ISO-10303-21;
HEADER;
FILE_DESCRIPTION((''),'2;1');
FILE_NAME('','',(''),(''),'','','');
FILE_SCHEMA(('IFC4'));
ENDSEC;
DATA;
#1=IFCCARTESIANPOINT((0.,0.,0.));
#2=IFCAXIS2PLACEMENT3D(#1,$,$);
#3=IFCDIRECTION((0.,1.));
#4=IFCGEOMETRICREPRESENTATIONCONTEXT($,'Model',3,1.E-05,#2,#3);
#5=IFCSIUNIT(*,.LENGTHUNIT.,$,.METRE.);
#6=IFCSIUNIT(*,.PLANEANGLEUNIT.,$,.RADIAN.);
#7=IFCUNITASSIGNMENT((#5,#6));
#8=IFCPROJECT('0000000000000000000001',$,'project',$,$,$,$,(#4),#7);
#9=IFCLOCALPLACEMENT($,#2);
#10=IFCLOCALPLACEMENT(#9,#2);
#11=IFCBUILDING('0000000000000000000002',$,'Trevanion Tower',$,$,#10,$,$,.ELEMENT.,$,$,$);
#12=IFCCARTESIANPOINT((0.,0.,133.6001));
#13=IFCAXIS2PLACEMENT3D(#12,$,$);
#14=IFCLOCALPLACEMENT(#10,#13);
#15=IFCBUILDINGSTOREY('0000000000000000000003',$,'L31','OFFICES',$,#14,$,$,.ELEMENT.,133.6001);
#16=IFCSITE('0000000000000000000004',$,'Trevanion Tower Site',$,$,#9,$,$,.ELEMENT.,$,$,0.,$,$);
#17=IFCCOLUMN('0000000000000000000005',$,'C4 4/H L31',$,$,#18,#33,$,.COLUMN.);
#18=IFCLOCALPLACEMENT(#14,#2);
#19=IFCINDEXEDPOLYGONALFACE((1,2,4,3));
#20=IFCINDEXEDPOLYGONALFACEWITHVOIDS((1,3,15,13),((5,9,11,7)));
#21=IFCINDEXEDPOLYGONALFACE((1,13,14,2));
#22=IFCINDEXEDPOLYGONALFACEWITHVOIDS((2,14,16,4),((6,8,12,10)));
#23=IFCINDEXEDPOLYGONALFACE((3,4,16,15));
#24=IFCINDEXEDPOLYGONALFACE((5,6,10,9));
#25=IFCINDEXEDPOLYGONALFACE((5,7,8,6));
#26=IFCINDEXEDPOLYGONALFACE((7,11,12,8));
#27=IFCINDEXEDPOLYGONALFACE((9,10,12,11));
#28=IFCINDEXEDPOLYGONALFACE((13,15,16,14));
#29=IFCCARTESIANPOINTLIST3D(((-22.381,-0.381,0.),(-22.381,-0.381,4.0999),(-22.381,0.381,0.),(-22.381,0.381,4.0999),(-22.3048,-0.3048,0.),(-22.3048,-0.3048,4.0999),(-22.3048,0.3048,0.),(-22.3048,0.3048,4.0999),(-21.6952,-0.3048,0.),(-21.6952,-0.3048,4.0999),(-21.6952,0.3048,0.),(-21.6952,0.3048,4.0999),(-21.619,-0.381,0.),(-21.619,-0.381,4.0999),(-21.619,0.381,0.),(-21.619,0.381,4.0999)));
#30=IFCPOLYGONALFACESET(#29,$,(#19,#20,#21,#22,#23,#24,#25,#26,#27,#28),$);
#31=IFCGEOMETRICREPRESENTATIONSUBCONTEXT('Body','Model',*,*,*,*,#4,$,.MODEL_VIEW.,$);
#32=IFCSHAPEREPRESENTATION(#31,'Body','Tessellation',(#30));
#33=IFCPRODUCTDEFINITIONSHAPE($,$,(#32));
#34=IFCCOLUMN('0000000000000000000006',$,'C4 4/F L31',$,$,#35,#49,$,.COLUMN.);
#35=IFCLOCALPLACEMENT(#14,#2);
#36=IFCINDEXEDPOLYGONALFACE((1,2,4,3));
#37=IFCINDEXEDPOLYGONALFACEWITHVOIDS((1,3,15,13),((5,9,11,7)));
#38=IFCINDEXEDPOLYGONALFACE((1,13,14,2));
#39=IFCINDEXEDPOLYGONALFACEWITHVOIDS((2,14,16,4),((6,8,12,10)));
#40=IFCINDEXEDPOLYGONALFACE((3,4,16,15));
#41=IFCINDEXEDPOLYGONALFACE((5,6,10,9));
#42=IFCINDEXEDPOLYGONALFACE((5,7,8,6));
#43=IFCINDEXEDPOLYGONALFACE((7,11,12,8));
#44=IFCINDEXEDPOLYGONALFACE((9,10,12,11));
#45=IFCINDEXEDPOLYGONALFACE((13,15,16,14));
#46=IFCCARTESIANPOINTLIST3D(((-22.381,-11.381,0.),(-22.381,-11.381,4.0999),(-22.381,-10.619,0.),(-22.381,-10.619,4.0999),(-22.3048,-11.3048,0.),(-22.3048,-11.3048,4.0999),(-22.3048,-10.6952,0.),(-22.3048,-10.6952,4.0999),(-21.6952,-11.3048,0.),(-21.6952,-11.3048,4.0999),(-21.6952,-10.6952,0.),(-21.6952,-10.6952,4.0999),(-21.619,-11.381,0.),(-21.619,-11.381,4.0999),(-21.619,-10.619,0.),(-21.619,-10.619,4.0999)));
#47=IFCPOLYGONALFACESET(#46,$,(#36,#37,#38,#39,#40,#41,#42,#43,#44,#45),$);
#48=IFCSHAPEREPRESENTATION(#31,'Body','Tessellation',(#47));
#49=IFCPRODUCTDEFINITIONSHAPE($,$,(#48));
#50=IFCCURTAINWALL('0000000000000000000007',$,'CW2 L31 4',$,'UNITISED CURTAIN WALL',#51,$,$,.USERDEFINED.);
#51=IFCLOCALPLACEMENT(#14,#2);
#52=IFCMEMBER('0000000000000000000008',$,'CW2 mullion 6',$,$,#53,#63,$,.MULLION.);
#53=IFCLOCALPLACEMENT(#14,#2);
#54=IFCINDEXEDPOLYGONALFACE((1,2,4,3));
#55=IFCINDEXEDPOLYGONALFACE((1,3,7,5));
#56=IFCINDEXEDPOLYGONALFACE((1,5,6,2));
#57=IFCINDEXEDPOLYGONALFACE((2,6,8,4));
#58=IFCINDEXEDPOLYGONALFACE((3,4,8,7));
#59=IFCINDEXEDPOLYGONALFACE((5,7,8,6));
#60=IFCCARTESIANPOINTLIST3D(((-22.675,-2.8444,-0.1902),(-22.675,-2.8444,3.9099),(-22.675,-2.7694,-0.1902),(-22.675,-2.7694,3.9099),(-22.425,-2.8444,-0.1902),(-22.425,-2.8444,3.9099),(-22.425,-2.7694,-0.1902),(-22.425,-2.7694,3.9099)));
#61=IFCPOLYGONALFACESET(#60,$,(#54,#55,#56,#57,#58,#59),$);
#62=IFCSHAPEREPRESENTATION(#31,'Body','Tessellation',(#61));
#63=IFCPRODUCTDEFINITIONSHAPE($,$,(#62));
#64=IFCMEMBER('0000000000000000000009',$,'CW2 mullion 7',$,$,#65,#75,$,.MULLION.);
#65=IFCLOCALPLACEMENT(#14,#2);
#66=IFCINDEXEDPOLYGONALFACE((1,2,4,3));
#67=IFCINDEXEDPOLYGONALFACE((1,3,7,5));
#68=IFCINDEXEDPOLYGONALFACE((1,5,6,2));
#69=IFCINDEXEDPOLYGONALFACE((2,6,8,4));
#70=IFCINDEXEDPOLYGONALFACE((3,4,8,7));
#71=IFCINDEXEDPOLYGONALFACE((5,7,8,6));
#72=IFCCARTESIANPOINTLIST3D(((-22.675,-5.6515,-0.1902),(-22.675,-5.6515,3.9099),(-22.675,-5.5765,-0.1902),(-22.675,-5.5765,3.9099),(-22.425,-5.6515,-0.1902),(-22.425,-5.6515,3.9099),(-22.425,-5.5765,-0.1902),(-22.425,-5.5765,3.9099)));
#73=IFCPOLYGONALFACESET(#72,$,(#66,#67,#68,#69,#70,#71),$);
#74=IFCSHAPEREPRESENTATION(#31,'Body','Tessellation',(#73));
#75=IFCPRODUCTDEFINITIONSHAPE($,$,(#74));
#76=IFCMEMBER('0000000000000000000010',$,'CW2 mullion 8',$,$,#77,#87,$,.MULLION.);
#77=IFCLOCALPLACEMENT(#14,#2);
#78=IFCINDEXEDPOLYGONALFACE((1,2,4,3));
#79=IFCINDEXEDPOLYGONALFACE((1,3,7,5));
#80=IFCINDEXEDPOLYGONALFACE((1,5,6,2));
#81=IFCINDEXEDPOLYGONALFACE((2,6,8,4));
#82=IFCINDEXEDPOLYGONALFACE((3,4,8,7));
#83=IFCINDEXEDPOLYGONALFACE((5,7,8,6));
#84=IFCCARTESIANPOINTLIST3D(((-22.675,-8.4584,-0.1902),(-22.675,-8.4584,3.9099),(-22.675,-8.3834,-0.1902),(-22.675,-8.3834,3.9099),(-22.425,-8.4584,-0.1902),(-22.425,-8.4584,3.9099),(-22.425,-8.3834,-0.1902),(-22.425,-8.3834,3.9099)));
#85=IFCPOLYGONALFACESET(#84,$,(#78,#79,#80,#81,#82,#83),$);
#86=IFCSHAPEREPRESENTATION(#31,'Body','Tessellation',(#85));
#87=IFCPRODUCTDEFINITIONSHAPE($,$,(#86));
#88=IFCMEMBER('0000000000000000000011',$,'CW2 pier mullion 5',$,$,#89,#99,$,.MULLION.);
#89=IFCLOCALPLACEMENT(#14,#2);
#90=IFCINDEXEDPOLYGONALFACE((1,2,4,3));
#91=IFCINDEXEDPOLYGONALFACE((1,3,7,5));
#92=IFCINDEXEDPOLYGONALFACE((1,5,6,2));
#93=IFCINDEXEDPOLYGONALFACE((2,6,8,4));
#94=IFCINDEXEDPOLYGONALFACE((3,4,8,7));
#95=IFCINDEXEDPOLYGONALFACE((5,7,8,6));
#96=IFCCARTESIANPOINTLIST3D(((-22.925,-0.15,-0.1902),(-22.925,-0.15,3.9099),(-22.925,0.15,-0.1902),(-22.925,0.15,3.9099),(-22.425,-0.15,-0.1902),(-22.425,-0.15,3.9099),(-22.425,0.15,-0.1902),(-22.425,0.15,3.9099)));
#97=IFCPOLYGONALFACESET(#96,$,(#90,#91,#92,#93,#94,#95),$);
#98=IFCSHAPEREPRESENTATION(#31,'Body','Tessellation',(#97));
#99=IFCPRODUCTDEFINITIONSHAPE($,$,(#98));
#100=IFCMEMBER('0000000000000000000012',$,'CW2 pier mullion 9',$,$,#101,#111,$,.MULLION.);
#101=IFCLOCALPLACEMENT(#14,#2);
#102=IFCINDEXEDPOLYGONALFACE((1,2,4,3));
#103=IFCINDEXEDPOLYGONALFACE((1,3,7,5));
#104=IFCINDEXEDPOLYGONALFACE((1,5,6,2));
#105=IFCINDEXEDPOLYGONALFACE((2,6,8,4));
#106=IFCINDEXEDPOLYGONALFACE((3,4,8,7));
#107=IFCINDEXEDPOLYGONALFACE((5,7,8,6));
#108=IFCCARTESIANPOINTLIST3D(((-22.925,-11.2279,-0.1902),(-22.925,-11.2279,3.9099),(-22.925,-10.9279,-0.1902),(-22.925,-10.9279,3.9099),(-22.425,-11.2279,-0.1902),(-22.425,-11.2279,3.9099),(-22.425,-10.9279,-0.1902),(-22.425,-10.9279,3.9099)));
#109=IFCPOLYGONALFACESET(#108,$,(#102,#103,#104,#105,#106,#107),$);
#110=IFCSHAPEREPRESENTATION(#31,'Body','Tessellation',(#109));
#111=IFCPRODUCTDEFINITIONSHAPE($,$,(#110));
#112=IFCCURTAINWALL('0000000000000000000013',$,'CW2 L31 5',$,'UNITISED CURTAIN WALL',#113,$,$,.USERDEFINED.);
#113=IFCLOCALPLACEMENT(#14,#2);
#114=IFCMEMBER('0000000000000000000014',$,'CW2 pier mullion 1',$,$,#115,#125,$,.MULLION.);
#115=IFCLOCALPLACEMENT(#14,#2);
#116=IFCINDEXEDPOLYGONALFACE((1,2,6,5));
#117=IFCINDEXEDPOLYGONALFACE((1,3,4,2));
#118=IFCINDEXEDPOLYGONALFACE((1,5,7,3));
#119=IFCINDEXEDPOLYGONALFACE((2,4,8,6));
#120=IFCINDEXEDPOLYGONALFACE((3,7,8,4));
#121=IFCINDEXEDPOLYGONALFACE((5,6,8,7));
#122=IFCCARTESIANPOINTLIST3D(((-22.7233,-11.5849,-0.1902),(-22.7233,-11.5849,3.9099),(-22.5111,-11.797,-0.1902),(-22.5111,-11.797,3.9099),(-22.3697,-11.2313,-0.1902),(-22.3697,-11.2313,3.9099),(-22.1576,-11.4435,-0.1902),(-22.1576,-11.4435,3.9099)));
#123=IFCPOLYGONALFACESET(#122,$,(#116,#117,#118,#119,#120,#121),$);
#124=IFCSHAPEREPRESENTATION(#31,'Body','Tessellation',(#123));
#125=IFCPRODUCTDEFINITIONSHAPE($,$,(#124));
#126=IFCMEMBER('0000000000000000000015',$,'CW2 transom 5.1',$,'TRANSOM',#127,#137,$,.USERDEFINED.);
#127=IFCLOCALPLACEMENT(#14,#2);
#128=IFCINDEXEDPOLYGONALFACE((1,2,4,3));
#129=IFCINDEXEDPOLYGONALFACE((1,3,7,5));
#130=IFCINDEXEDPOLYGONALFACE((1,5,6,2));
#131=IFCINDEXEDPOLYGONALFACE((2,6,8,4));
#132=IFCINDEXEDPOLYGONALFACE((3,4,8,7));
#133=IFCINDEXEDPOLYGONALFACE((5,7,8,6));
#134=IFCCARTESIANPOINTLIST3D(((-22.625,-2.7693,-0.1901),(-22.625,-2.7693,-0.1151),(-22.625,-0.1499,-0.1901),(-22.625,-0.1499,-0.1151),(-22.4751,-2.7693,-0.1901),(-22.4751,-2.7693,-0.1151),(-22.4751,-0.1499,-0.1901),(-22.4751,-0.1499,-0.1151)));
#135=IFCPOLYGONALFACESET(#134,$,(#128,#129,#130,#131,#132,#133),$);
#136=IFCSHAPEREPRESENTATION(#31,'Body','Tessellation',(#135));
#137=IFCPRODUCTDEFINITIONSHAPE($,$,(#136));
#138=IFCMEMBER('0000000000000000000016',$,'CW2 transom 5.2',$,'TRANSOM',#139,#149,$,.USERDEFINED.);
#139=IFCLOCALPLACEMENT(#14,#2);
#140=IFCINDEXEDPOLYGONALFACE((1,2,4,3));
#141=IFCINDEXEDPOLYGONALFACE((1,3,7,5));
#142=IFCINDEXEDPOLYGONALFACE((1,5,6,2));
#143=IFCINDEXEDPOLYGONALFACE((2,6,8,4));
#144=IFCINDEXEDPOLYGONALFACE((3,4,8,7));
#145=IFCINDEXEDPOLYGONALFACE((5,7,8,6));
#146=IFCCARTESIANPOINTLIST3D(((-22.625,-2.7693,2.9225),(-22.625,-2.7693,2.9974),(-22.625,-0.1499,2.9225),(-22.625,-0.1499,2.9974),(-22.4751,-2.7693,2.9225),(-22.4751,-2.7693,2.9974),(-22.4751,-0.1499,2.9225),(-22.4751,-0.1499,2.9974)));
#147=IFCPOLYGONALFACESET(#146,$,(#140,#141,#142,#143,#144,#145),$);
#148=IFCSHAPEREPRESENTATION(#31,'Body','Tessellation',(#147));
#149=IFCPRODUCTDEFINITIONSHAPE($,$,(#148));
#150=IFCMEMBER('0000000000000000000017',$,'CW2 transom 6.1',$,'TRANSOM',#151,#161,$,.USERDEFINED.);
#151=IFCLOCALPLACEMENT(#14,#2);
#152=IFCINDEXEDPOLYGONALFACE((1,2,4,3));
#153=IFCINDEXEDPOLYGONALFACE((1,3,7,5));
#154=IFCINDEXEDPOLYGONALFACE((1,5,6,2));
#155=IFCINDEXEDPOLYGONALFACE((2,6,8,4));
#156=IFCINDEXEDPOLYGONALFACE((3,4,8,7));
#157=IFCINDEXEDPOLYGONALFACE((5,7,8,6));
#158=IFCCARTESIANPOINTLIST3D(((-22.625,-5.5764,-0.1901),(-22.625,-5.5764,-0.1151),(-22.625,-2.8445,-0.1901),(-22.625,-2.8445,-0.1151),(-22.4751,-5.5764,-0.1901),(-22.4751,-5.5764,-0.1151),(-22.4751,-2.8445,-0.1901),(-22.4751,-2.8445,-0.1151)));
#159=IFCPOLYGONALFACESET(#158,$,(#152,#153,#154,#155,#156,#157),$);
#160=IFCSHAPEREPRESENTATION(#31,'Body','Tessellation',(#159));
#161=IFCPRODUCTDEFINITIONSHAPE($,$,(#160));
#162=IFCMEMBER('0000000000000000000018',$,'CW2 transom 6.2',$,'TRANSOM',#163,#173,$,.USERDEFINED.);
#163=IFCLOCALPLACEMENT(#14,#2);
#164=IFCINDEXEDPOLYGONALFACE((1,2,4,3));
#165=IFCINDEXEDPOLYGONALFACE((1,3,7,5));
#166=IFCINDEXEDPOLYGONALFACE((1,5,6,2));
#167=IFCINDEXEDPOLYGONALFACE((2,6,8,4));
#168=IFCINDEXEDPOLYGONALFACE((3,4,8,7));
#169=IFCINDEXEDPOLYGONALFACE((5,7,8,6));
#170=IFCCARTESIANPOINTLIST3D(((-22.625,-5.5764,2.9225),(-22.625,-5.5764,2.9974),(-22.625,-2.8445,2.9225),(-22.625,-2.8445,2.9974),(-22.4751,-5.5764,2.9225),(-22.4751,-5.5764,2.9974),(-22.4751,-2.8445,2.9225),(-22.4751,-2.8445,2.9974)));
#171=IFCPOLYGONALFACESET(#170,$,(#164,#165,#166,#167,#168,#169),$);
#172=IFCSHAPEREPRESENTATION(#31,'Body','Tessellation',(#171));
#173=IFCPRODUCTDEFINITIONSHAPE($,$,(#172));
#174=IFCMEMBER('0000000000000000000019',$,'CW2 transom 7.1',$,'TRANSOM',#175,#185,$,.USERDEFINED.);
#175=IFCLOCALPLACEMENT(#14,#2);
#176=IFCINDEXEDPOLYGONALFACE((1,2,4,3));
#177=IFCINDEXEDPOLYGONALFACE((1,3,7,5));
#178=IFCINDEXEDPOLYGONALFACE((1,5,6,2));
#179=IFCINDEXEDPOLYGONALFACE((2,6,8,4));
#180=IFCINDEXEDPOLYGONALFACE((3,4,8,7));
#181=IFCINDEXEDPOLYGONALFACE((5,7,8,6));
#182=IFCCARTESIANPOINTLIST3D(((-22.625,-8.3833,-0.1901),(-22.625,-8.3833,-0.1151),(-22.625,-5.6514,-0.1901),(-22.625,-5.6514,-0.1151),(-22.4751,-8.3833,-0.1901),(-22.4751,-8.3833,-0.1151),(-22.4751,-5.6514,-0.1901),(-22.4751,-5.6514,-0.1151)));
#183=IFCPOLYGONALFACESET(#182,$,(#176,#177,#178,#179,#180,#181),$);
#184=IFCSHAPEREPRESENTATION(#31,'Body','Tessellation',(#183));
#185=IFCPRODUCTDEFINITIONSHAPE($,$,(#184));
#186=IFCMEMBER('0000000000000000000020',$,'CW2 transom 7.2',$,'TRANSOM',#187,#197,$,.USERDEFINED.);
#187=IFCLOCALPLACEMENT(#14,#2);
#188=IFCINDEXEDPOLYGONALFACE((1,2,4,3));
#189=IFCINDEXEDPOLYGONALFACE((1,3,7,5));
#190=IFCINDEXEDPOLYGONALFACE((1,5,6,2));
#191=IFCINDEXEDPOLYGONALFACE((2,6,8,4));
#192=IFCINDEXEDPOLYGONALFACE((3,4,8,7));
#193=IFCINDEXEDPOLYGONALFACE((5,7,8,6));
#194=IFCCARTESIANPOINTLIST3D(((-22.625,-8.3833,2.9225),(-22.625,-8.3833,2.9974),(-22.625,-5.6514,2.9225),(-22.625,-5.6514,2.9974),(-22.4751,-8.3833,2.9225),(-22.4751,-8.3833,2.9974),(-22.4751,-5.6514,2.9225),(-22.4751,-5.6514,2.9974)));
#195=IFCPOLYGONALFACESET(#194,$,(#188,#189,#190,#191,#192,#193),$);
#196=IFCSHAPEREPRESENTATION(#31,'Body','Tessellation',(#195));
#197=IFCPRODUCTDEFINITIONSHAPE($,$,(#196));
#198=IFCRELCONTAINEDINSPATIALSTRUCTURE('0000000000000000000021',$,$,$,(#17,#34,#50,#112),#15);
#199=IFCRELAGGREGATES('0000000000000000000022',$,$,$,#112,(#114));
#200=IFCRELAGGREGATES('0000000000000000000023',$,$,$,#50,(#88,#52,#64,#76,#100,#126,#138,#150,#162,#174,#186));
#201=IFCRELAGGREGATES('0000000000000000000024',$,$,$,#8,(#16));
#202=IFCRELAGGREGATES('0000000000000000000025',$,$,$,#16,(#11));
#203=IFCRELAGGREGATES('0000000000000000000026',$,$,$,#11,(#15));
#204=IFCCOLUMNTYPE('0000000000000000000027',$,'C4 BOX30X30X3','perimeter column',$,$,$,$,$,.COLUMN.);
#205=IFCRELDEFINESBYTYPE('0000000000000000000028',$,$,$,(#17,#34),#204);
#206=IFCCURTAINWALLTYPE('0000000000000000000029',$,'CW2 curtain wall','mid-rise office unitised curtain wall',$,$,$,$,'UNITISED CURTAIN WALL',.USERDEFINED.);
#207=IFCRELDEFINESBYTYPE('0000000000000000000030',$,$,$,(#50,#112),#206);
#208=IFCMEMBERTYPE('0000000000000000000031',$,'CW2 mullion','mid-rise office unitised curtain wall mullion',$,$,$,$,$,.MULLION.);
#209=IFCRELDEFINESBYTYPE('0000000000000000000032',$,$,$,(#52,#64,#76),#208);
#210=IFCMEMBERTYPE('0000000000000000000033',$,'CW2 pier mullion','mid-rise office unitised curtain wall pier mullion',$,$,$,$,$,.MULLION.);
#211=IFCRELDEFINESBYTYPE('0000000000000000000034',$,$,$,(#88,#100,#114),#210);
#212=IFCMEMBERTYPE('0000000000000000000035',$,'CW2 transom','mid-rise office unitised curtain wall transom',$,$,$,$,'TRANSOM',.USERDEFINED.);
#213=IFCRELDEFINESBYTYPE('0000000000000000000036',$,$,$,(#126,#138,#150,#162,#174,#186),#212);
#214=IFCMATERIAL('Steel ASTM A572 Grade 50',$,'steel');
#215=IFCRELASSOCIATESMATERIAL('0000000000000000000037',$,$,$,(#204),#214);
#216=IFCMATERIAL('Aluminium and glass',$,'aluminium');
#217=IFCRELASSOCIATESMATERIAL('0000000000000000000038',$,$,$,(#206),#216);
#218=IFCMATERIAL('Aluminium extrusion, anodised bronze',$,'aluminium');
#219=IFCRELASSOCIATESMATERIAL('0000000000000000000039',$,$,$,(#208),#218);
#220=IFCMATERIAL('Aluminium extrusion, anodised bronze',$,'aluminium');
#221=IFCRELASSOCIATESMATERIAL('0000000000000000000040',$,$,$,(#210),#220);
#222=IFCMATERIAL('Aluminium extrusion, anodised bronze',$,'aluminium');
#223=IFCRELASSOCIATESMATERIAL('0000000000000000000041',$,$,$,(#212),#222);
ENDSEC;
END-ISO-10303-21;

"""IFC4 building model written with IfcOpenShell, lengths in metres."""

from ifc_helpers import new_model, si_unit, direction, frame, origin, origin_2d, place, context, subcontext, project, spatial, rectangle, hollow_rectangle, extrude, material, material_profile, profile_set, type_object, element, aggregate, save


model = new_model("IFC4")

# Units and contexts
model_context = context("Model", 3, precision=1e-05, world=origin(), true_north=direction((0.0, 1.0)))
body_context = subcontext(model_context, "Body", "Model", "MODEL_VIEW")
ifc_project = project(units=[si_unit("LENGTHUNIT", "METRE"), si_unit("PLANEANGLEUNIT", "RADIAN")], contexts=[model_context])

# Site, building, storey
site_placement = place(None, origin())
site = spatial("IfcSite", under=ifc_project, at=site_placement, Name="Trevanion Tower Site", CompositionType="ELEMENT", RefElevation=0.0)
building_placement = place(site_placement, origin())
building = spatial("IfcBuilding", under=site, at=building_placement, Name="Trevanion Tower", CompositionType="ELEMENT")
storey_placement = place(building_placement, frame((0.0, 0.0, 133.6001)))
storey = spatial("IfcBuildingStorey", under=building, at=storey_placement, Name="L31", Description="OFFICES", CompositionType="ELEMENT", Elevation=133.6001)

# Columns
ifc_material_1 = material(Name="Steel ASTM A572 Grade 50", Category="steel")
ifc_material_profile_1 = material_profile(ifc_material_1, hollow_rectangle(XDim=0.762, YDim=0.762, WallThickness=0.0762, at=origin_2d()), Name="BOX30X30X3")
ifc_profile_set_1 = profile_set([ifc_material_profile_1], Name="Steel ASTM A572 Grade 50")
column_type = type_object("IfcColumnType", Name="C4 BOX30X30X3", Description="perimeter column", PredefinedType="COLUMN", material=ifc_profile_set_1)
for number, where, z_axis, x_axis, name in (
    (1, (-22.0, 0.0, 0.0), (0.0, 0.0, 1.0), (0.0, 1.0, 0.0), "C4 4/H L31"),
    (2, (-22.0, -11.0, 0.0), (0.0, 0.0, 1.0), (0.0, 1.0, 0.0), "C4 4/F L31"),
):
    element("IfcColumn", number, at=place(storey_placement, frame(where, z_axis=z_axis, x_axis=x_axis)), inside=storey, type_object=column_type, Name=name, PredefinedType="COLUMN", context=body_context, shape_type="SweptSolid", body=[
        extrude(hollow_rectangle(XDim=0.762, YDim=0.762, WallThickness=0.0762, at=origin_2d()), origin(), (0.0, 0.0, 1.0), 4.0999),
    ])

# Curtain wall, members
ifc_material_2 = material(Name="Aluminium and glass", Category="aluminium")
curtain_wall_type = type_object("IfcCurtainWallType", Name="CW2 curtain wall", Description="mid-rise office unitised curtain wall", ElementType="UNITISED CURTAIN WALL", PredefinedType="USERDEFINED", material=ifc_material_2)
curtain_wall_1_placement = place(storey_placement, origin())
curtain_wall_1 = element("IfcCurtainWall", 3, at=curtain_wall_1_placement, inside=storey, type_object=curtain_wall_type, Name="CW2 L31 4", ObjectType="UNITISED CURTAIN WALL", PredefinedType="USERDEFINED")
ifc_material_3 = material(Name="Aluminium extrusion, anodised bronze", Category="aluminium")
ifc_material_profile_2 = material_profile(ifc_material_3, rectangle(XDim=0.075, YDim=0.25, at=origin_2d()), Name="CW2 mullion")
ifc_profile_set_2 = profile_set([ifc_material_profile_2], Name="Aluminium extrusion, anodised bronze")
member_type_1 = type_object("IfcMemberType", Name="CW2 mullion", Description="mid-rise office unitised curtain wall mullion", PredefinedType="MULLION", material=ifc_profile_set_2)
member_1_placement = place(storey_placement, frame((-22.55, -2.8069, -0.1902), z_axis=(0.0, 0.0, 1.0), x_axis=(0.0, -1.0, 0.0)))
member_1 = element("IfcMember", 4, at=member_1_placement, type_object=member_type_1, Name="CW2 mullion 6", PredefinedType="MULLION", context=body_context, shape_type="SweptSolid", body=[
    extrude(rectangle(XDim=0.075, YDim=0.25, at=origin_2d()), origin(), (0.0, 0.0, 1.0), 4.1001),
])
member_2_placement = place(storey_placement, frame((-22.55, -5.614, -0.1902), z_axis=(0.0, 0.0, 1.0), x_axis=(0.0, -1.0, 0.0)))
member_2 = element("IfcMember", 5, at=member_2_placement, type_object=member_type_1, Name="CW2 mullion 7", PredefinedType="MULLION", context=body_context, shape_type="SweptSolid", body=[
    extrude(rectangle(XDim=0.075, YDim=0.25, at=origin_2d()), origin(), (0.0, 0.0, 1.0), 4.1001),
])
member_3_placement = place(storey_placement, frame((-22.55, -8.4209, -0.1902), z_axis=(0.0, 0.0, 1.0), x_axis=(0.0, -1.0, 0.0)))
member_3 = element("IfcMember", 6, at=member_3_placement, type_object=member_type_1, Name="CW2 mullion 8", PredefinedType="MULLION", context=body_context, shape_type="SweptSolid", body=[
    extrude(rectangle(XDim=0.075, YDim=0.25, at=origin_2d()), origin(), (0.0, 0.0, 1.0), 4.1001),
])
ifc_material_4 = material(Name="Aluminium extrusion, anodised bronze", Category="aluminium")
ifc_material_profile_3 = material_profile(ifc_material_4, rectangle(XDim=0.3, YDim=0.5, at=origin_2d()), Name="CW2 pier mullion")
ifc_profile_set_3 = profile_set([ifc_material_profile_3], Name="Aluminium extrusion, anodised bronze")
member_type_2 = type_object("IfcMemberType", Name="CW2 pier mullion", Description="mid-rise office unitised curtain wall pier mullion", PredefinedType="MULLION", material=ifc_profile_set_3)
member_4_placement = place(storey_placement, frame((-22.675, 0.0, -0.1902), z_axis=(0.0, 0.0, 1.0), x_axis=(0.0, -1.0, 0.0)))
member_4 = element("IfcMember", 7, at=member_4_placement, type_object=member_type_2, Name="CW2 pier mullion 5", PredefinedType="MULLION", context=body_context, shape_type="SweptSolid", body=[
    extrude(rectangle(XDim=0.3, YDim=0.5, at=origin_2d()), origin(), (0.0, 0.0, 1.0), 4.1001),
])
member_5_placement = place(storey_placement, frame((-22.675, -11.0779, -0.1902), z_axis=(0.0, 0.0, 1.0), x_axis=(0.0, -1.0, 0.0)))
member_5 = element("IfcMember", 8, at=member_5_placement, type_object=member_type_2, Name="CW2 pier mullion 9", PredefinedType="MULLION", context=body_context, shape_type="SweptSolid", body=[
    extrude(rectangle(XDim=0.3, YDim=0.5, at=origin_2d()), origin(), (0.0, 0.0, 1.0), 4.1001),
])

# Curtain wall, member
curtain_wall_2_placement = place(storey_placement, origin())
curtain_wall_2 = element("IfcCurtainWall", 9, at=curtain_wall_2_placement, inside=storey, type_object=curtain_wall_type, Name="CW2 L31 5", ObjectType="UNITISED CURTAIN WALL", PredefinedType="USERDEFINED")
member_6_placement = place(storey_placement, frame((-22.4404, -11.5142, -0.1902), z_axis=(0.0, 0.0, 1.0), x_axis=(0.707107, -0.707107, 0.0)))
member_6 = element("IfcMember", 10, at=member_6_placement, type_object=member_type_2, Name="CW2 pier mullion 1", PredefinedType="MULLION", context=body_context, shape_type="SweptSolid", body=[
    extrude(rectangle(XDim=0.3, YDim=0.5, at=origin_2d()), origin(), (0.0, 0.0, 1.0), 4.1001),
])

# Members
ifc_material_5 = material(Name="Aluminium extrusion, anodised bronze", Category="aluminium")
ifc_material_profile_4 = material_profile(ifc_material_5, rectangle(XDim=0.1499, YDim=0.075, at=origin_2d()), Name="CW2 transom")
ifc_profile_set_4 = profile_set([ifc_material_profile_4], Name="Aluminium extrusion, anodised bronze")
member_type_3 = type_object("IfcMemberType", Name="CW2 transom", Description="mid-rise office unitised curtain wall transom", ElementType="TRANSOM", PredefinedType="USERDEFINED", material=ifc_profile_set_4)
member_7_placement = place(storey_placement, frame((-22.55, -0.1499, -0.1526), z_axis=(0.0, -1.0, 0.0), x_axis=(1.0, 0.0, 0.0)))
member_7 = element("IfcMember", 11, at=member_7_placement, type_object=member_type_3, Name="CW2 transom 5.1", ObjectType="TRANSOM", PredefinedType="USERDEFINED", context=body_context, shape_type="SweptSolid", body=[
    extrude(rectangle(XDim=0.1499, YDim=0.075, at=origin_2d()), origin(), (0.0, 0.0, 1.0), 2.6194),
])
member_8_placement = place(storey_placement, frame((-22.55, -0.1499, 2.96), z_axis=(0.0, -1.0, 0.0), x_axis=(1.0, 0.0, 0.0)))
member_8 = element("IfcMember", 12, at=member_8_placement, type_object=member_type_3, Name="CW2 transom 5.2", ObjectType="TRANSOM", PredefinedType="USERDEFINED", context=body_context, shape_type="SweptSolid", body=[
    extrude(rectangle(XDim=0.1499, YDim=0.075, at=origin_2d()), origin(), (0.0, 0.0, 1.0), 2.6194),
])
member_9_placement = place(storey_placement, frame((-22.55, -2.8445, -0.1526), z_axis=(0.0, -1.0, 0.0), x_axis=(1.0, 0.0, 0.0)))
member_9 = element("IfcMember", 13, at=member_9_placement, type_object=member_type_3, Name="CW2 transom 6.1", ObjectType="TRANSOM", PredefinedType="USERDEFINED", context=body_context, shape_type="SweptSolid", body=[
    extrude(rectangle(XDim=0.1499, YDim=0.075, at=origin_2d()), origin(), (0.0, 0.0, 1.0), 2.7319),
])
member_10_placement = place(storey_placement, frame((-22.55, -2.8445, 2.96), z_axis=(0.0, -1.0, 0.0), x_axis=(1.0, 0.0, 0.0)))
member_10 = element("IfcMember", 14, at=member_10_placement, type_object=member_type_3, Name="CW2 transom 6.2", ObjectType="TRANSOM", PredefinedType="USERDEFINED", context=body_context, shape_type="SweptSolid", body=[
    extrude(rectangle(XDim=0.1499, YDim=0.075, at=origin_2d()), origin(), (0.0, 0.0, 1.0), 2.7319),
])
member_11_placement = place(storey_placement, frame((-22.55, -5.6514, -0.1526), z_axis=(0.0, -1.0, 0.0), x_axis=(1.0, 0.0, 0.0)))
member_11 = element("IfcMember", 15, at=member_11_placement, type_object=member_type_3, Name="CW2 transom 7.1", ObjectType="TRANSOM", PredefinedType="USERDEFINED", context=body_context, shape_type="SweptSolid", body=[
    extrude(rectangle(XDim=0.1499, YDim=0.075, at=origin_2d()), origin(), (0.0, 0.0, 1.0), 2.7319),
])
member_12_placement = place(storey_placement, frame((-22.55, -5.6514, 2.96), z_axis=(0.0, -1.0, 0.0), x_axis=(1.0, 0.0, 0.0)))
member_12 = element("IfcMember", 16, at=member_12_placement, type_object=member_type_3, Name="CW2 transom 7.2", ObjectType="TRANSOM", PredefinedType="USERDEFINED", context=body_context, shape_type="SweptSolid", body=[
    extrude(rectangle(XDim=0.1499, YDim=0.075, at=origin_2d()), origin(), (0.0, 0.0, 1.0), 2.7319),
])
aggregate(curtain_wall_2, [member_6])

aggregate(curtain_wall_1, [member_4, member_1, member_2, member_3, member_5, member_7, member_8, member_9, member_10, member_11, member_12])

save(model, "model.ifc")
